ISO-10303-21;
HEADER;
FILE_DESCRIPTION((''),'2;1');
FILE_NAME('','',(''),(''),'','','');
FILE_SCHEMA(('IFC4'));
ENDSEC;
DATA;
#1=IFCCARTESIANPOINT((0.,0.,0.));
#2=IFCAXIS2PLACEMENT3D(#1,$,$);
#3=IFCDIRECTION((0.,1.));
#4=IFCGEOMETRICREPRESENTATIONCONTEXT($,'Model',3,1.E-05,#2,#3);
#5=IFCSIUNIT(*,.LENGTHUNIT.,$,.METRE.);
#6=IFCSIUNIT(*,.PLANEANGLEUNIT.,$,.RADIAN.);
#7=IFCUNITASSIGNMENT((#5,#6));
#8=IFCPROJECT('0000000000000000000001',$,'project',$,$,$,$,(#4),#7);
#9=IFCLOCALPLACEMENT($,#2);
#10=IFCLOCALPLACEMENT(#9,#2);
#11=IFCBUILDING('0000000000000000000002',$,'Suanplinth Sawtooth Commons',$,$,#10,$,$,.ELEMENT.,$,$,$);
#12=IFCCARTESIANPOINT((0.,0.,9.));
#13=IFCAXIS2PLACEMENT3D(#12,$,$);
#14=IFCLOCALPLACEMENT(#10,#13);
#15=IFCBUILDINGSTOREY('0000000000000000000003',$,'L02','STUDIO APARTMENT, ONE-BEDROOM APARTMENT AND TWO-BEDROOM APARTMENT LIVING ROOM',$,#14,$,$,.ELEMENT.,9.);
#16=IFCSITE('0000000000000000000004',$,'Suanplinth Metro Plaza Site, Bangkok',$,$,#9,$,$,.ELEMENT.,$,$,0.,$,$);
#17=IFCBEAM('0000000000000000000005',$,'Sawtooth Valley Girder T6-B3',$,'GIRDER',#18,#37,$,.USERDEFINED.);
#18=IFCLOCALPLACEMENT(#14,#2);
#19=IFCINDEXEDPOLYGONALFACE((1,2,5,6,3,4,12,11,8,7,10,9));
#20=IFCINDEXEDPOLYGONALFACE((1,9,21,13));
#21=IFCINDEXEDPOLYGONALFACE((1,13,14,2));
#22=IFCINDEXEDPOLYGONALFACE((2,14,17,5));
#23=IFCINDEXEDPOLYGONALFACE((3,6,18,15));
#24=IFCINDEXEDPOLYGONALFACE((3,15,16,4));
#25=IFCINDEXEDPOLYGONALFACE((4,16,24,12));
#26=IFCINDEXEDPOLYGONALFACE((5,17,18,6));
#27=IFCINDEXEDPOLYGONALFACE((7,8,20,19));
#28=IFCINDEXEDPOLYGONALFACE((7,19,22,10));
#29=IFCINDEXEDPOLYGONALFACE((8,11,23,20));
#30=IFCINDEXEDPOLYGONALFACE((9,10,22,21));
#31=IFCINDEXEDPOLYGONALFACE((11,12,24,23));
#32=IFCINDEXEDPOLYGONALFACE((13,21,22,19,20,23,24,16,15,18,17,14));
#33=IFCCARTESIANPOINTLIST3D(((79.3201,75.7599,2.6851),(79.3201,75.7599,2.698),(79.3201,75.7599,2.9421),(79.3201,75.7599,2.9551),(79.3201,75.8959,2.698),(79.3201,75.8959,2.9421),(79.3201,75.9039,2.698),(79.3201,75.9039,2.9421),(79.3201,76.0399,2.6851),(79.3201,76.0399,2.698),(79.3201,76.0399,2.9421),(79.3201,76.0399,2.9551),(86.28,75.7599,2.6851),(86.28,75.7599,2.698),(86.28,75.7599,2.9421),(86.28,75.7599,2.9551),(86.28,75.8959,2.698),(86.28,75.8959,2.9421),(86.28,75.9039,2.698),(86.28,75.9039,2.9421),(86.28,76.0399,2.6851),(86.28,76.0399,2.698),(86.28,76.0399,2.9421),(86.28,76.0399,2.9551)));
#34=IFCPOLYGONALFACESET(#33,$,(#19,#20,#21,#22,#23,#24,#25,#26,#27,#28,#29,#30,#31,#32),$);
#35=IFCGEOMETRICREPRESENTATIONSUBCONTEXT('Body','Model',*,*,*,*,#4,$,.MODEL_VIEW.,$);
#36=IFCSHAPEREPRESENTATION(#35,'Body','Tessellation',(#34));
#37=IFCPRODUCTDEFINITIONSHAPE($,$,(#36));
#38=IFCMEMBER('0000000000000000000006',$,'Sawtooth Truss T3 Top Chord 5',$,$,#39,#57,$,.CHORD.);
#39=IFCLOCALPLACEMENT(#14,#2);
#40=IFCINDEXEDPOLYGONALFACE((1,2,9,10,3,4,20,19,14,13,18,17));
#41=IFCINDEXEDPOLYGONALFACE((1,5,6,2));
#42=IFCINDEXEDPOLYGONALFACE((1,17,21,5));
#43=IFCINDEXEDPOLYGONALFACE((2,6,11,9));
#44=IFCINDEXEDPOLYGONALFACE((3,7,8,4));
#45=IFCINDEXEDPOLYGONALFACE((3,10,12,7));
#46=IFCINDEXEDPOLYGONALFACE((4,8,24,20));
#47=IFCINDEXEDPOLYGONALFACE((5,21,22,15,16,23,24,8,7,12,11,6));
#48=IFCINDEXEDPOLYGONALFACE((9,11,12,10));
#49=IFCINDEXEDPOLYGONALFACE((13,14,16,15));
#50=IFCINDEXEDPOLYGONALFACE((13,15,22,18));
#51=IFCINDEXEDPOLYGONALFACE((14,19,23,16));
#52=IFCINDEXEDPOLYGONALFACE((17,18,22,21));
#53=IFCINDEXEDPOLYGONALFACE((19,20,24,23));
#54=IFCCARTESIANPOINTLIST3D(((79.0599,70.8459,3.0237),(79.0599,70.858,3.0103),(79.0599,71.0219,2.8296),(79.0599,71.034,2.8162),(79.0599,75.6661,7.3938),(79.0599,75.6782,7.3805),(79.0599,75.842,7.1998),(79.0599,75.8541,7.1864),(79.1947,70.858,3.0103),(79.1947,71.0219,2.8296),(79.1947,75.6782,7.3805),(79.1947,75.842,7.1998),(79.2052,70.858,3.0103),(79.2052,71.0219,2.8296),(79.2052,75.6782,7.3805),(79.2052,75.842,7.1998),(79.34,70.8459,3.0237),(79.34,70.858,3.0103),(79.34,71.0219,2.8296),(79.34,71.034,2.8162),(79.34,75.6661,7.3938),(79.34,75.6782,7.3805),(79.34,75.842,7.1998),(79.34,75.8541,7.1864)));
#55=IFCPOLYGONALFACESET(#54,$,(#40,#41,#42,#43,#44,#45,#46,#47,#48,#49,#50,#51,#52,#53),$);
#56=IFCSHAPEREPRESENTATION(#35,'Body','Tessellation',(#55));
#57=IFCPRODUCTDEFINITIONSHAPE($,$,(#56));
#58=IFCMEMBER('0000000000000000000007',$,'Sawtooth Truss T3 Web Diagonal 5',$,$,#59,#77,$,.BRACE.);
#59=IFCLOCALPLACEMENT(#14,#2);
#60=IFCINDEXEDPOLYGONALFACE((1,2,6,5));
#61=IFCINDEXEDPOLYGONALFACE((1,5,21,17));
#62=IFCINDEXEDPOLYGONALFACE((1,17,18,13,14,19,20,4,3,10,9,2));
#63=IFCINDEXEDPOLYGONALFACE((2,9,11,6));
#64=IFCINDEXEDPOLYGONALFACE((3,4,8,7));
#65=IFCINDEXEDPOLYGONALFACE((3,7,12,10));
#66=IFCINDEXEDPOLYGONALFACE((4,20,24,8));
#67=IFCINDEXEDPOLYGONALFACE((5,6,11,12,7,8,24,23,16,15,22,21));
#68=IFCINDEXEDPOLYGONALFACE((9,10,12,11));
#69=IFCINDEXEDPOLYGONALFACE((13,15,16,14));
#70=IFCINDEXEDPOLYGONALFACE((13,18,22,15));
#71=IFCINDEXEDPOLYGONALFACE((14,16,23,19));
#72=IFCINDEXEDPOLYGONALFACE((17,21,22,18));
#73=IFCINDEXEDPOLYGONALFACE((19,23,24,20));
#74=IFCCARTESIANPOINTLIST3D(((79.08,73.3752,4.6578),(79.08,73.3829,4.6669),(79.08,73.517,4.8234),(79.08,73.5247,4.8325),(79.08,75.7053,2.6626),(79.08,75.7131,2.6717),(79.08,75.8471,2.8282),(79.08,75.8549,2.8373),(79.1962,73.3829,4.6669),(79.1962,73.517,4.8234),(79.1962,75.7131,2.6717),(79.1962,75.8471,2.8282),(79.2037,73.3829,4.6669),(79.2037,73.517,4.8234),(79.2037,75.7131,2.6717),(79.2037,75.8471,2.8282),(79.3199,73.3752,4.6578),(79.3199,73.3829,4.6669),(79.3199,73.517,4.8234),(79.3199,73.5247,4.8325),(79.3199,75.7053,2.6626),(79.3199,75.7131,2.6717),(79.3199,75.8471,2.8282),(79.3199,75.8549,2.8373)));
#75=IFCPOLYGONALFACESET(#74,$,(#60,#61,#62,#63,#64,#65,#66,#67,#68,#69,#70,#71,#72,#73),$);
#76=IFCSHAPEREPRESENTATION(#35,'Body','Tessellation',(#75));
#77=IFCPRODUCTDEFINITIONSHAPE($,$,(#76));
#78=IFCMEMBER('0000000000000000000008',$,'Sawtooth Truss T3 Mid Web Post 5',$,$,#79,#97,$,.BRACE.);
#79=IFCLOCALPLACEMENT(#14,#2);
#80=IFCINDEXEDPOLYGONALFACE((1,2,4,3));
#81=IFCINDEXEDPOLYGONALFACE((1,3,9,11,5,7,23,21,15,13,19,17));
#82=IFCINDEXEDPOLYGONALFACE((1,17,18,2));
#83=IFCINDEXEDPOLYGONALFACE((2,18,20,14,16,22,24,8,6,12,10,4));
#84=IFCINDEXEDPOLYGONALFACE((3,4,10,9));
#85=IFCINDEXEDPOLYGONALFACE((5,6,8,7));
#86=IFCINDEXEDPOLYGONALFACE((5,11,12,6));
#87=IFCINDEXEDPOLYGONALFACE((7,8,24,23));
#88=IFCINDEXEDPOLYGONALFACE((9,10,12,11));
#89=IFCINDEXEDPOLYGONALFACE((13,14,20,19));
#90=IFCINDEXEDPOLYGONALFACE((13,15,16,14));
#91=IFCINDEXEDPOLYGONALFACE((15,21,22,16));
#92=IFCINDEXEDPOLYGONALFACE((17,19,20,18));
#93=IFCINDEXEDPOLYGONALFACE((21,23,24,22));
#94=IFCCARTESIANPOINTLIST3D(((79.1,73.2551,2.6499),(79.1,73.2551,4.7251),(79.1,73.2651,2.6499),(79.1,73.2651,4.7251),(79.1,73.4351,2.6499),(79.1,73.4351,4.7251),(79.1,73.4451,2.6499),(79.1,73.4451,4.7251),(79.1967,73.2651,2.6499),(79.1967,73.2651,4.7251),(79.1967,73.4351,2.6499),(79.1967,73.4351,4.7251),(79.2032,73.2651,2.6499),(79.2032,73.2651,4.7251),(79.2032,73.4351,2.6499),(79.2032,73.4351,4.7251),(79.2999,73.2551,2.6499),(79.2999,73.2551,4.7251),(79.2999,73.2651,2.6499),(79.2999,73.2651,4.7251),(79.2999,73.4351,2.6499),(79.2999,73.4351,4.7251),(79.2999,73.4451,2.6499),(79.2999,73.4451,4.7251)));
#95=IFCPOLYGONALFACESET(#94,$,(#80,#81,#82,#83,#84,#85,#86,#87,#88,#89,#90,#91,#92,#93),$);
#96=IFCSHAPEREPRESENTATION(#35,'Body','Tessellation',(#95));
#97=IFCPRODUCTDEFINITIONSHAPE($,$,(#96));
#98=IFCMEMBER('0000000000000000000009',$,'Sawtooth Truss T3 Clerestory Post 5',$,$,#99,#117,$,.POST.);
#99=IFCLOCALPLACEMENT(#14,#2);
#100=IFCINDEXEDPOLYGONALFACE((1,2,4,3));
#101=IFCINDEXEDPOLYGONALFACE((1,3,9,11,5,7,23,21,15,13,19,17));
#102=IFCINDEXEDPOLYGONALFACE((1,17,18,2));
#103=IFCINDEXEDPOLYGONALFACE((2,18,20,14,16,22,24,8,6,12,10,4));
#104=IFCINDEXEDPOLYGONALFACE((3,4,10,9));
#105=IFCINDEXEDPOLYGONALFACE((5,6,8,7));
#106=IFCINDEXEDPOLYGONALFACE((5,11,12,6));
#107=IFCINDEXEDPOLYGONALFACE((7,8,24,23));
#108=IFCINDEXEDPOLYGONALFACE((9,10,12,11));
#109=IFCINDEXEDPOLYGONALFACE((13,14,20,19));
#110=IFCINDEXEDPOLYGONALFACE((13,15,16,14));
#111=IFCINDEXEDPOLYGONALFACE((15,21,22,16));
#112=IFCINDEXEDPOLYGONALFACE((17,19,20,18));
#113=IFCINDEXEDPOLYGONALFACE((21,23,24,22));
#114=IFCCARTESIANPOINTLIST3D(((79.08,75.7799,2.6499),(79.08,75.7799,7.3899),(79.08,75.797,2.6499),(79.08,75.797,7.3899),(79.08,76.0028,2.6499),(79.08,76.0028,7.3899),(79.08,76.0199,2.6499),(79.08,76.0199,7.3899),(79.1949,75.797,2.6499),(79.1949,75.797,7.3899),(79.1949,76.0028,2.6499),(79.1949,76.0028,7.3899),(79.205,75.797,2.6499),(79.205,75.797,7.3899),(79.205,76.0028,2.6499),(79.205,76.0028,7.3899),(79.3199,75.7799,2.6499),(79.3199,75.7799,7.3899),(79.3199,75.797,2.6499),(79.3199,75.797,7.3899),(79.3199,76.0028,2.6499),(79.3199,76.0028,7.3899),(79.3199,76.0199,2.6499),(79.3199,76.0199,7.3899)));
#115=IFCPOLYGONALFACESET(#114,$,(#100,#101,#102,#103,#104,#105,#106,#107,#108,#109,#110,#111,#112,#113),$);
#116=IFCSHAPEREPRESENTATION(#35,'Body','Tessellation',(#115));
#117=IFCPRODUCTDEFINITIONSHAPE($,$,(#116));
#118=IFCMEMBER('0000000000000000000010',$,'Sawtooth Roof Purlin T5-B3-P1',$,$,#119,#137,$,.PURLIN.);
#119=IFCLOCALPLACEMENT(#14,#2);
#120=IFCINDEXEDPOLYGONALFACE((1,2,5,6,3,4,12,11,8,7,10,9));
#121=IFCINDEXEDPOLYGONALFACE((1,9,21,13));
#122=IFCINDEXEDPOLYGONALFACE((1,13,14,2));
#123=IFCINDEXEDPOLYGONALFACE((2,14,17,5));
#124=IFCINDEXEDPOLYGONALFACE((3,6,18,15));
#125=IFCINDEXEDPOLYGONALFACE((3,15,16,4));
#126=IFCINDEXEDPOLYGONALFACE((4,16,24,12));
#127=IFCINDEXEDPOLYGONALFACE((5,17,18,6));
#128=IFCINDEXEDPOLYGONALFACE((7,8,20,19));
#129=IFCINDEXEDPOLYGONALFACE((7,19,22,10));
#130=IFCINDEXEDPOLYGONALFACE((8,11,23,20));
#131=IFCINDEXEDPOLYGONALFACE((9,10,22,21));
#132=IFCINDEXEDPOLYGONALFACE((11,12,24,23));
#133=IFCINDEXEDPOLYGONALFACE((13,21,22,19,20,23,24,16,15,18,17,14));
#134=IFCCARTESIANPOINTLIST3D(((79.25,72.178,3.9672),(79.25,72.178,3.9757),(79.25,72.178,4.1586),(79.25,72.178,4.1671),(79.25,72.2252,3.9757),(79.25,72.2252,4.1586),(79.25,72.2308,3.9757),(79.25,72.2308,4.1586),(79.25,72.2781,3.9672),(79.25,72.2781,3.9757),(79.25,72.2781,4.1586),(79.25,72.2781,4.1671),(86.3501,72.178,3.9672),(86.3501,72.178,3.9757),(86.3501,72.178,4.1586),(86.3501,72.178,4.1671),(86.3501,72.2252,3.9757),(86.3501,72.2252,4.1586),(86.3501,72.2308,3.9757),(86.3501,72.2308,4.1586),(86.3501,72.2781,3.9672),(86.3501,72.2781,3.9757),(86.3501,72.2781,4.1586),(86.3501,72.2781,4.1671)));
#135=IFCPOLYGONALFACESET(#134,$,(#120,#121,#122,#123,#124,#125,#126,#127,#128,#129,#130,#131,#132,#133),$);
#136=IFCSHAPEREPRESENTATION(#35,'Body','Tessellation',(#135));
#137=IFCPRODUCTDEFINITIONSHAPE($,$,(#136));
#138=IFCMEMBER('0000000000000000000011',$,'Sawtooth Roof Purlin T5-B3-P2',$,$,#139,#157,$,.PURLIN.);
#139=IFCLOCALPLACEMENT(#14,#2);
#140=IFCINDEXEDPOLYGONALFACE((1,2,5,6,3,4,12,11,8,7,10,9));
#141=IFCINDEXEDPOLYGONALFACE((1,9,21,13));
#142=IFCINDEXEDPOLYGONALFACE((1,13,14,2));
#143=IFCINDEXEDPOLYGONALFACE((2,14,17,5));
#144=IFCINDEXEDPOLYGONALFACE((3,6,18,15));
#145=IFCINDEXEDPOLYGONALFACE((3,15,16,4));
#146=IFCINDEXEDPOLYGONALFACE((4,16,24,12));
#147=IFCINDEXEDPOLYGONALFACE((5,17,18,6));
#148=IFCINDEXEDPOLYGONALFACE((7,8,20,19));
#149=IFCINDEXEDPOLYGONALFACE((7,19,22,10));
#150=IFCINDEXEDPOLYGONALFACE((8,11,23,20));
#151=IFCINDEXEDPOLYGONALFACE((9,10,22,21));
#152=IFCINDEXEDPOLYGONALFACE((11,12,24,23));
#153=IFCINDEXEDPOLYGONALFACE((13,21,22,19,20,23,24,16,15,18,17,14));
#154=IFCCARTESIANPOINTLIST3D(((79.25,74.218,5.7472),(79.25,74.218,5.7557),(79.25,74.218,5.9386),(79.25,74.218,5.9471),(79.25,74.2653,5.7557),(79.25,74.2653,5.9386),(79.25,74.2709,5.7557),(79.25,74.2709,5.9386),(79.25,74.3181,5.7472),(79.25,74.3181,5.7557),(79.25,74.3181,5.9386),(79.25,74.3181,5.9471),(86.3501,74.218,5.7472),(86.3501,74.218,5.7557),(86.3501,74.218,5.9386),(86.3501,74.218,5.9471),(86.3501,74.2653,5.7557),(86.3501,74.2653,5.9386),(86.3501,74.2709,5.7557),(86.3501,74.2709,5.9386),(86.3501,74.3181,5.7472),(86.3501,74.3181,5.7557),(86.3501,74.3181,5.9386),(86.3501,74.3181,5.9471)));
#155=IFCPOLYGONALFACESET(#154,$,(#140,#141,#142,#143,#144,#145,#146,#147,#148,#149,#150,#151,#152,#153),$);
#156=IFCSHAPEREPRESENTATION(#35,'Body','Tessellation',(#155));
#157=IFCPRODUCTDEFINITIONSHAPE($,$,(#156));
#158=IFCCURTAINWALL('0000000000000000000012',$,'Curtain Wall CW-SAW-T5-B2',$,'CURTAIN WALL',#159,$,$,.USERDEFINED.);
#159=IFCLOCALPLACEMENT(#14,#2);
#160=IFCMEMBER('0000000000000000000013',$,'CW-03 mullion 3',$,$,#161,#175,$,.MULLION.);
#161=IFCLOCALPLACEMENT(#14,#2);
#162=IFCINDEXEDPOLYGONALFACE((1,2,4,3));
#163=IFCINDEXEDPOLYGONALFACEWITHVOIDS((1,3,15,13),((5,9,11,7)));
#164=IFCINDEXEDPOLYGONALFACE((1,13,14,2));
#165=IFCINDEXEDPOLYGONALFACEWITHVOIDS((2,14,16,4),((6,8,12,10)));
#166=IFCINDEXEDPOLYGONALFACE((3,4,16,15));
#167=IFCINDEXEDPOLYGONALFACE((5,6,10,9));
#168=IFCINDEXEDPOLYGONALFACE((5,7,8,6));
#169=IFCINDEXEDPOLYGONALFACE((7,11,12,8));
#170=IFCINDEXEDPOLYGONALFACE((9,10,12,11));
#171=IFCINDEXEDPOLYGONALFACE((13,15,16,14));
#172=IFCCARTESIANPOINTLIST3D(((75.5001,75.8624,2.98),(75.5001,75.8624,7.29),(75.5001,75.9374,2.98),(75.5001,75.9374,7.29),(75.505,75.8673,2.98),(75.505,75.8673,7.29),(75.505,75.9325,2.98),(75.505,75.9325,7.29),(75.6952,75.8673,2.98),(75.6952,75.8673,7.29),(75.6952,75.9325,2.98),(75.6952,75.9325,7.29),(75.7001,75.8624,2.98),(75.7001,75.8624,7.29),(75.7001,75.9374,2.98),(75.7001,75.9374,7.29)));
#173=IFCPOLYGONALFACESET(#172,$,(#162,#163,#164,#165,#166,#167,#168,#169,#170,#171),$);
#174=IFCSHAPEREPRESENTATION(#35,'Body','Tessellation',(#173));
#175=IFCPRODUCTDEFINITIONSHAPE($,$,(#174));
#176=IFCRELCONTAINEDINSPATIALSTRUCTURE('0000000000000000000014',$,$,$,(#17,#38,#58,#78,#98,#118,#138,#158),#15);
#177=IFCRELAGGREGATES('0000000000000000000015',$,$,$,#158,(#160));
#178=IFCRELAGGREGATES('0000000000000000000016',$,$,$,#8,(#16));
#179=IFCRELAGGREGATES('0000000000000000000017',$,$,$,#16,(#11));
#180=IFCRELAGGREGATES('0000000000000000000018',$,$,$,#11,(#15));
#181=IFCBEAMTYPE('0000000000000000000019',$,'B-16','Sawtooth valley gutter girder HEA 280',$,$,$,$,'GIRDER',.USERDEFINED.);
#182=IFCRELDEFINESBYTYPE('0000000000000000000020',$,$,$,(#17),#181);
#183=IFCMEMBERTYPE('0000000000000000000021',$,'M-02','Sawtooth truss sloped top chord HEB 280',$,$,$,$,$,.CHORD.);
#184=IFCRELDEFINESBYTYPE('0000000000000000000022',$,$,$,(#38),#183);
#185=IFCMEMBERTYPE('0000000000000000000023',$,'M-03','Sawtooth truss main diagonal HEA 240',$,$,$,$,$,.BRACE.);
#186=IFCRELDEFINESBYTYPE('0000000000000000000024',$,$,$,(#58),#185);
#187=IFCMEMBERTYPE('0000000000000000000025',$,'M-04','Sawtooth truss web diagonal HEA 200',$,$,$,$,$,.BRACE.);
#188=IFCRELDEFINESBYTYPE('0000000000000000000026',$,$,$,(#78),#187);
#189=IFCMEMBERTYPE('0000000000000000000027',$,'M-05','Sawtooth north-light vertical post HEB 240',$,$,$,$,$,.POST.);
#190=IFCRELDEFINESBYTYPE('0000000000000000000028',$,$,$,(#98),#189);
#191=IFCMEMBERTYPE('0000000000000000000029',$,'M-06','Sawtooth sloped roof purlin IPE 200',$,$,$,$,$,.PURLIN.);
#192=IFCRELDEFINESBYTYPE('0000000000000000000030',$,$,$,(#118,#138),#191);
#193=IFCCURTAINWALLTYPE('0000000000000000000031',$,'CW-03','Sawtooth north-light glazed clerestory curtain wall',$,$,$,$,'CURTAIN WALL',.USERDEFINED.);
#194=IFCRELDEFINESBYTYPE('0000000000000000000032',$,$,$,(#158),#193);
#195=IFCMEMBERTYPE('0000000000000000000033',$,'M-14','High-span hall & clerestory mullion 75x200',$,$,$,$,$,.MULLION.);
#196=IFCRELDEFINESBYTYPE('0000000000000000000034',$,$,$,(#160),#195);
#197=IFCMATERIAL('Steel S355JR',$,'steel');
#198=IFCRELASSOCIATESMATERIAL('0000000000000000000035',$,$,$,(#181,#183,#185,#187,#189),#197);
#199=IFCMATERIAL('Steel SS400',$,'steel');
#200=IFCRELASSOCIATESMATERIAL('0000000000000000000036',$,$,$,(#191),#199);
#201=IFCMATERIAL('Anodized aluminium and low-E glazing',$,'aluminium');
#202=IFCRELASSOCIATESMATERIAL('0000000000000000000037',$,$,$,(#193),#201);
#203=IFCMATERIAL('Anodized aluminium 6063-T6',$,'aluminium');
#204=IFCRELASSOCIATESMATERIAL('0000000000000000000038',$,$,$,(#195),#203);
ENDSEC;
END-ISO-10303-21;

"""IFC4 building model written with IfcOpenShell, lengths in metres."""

from ifc_helpers import new_model, si_unit, direction, frame, origin, origin_2d, place, context, subcontext, project, spatial, hollow_rectangle, i_section, extrude, material, material_profile, profile_set, type_object, element, aggregate, save


model = new_model("IFC4")

# Units and contexts
model_context = context("Model", 3, precision=1e-05, world=origin(), true_north=direction((0.0, 1.0)))
body_context = subcontext(model_context, "Body", "Model", "MODEL_VIEW")
ifc_project = project(units=[si_unit("LENGTHUNIT", "METRE"), si_unit("PLANEANGLEUNIT", "RADIAN")], contexts=[model_context])

# Site, building, storey
site_placement = place(None, origin())
site = spatial("IfcSite", under=ifc_project, at=site_placement, Name="Suanplinth Metro Plaza Site, Bangkok", CompositionType="ELEMENT", RefElevation=0.0)
building_placement = place(site_placement, origin())
building = spatial("IfcBuilding", under=site, at=building_placement, Name="Suanplinth Sawtooth Commons", CompositionType="ELEMENT")
storey_placement = place(building_placement, frame((0.0, 0.0, 9.0)))
storey = spatial("IfcBuildingStorey", under=building, at=storey_placement, Name="L02", Description="STUDIO APARTMENT, ONE-BEDROOM APARTMENT AND TWO-BEDROOM APARTMENT LIVING ROOM", CompositionType="ELEMENT", Elevation=9.0)

# Beam
ifc_material_1 = material(Name="Steel S355JR", Category="steel")
ifc_material_profile_1 = material_profile(ifc_material_1, i_section(OverallWidth=0.28, OverallDepth=0.27, WebThickness=0.0081, FlangeThickness=0.0129, at=origin_2d()), Name="HEA 280")
ifc_profile_set_1 = profile_set([ifc_material_profile_1], Name="Steel S355JR")
beam_type = type_object("IfcBeamType", Name="B-16", Description="Sawtooth valley gutter girder HEA 280", ElementType="GIRDER", PredefinedType="USERDEFINED", material=ifc_profile_set_1)
beam_placement = place(storey_placement, frame((79.3201, 75.8999, 2.8201), z_axis=(1.0, 0.0, 0.0), x_axis=(0.0, 1.0, 0.0)))
element("IfcBeam", 1, at=beam_placement, inside=storey, type_object=beam_type, Name="Sawtooth Valley Girder T6-B3", ObjectType="GIRDER", PredefinedType="USERDEFINED", context=body_context, shape_type="SweptSolid", body=[
    extrude(i_section(OverallWidth=0.28, OverallDepth=0.27, WebThickness=0.0081, FlangeThickness=0.0129, at=origin_2d()), origin(), (0.0, 0.0, 1.0), 6.96),
])

# Members
ifc_material_profile_2 = material_profile(ifc_material_1, i_section(OverallWidth=0.28, OverallDepth=0.28, WebThickness=0.0105, FlangeThickness=0.0181, at=origin_2d()), Name="HEB 280")
ifc_profile_set_2 = profile_set([ifc_material_profile_2], Name="Steel S355JR")
member_type_1 = type_object("IfcMemberType", Name="M-02", Description="Sawtooth truss sloped top chord HEB 280", PredefinedType="CHORD", material=ifc_profile_set_2)
member_1_placement = place(storey_placement, frame((79.2, 70.9399, 2.9199), z_axis=(0.0, 0.740839, 0.671682), x_axis=(-1.0, 0.0, 0.0)))
element("IfcMember", 2, at=member_1_placement, inside=storey, type_object=member_type_1, Name="Sawtooth Truss T3 Top Chord 5", PredefinedType="CHORD", context=body_context, shape_type="SweptSolid", body=[
    extrude(i_section(OverallWidth=0.28, OverallDepth=0.28, WebThickness=0.0105, FlangeThickness=0.0181, at=origin_2d()), origin(), (0.0, 0.0, 1.0), 6.5063),
])
ifc_material_profile_3 = material_profile(ifc_material_1, i_section(OverallWidth=0.24, OverallDepth=0.23, WebThickness=0.0076, FlangeThickness=0.012, at=origin_2d()), Name="HEA 240")
ifc_profile_set_3 = profile_set([ifc_material_profile_3], Name="Steel S355JR")
member_type_2 = type_object("IfcMemberType", Name="M-03", Description="Sawtooth truss main diagonal HEA 240", PredefinedType="BRACE", material=ifc_profile_set_3)
member_2_placement = place(storey_placement, frame((79.2, 73.45, 4.7451), z_axis=(0.0, 0.759594, -0.650398), x_axis=(-1.0, 0.0, 0.0)))
element("IfcMember", 3, at=member_2_placement, inside=storey, type_object=member_type_2, Name="Sawtooth Truss T3 Web Diagonal 5", PredefinedType="BRACE", context=body_context, shape_type="SweptSolid", body=[
    extrude(i_section(OverallWidth=0.24, OverallDepth=0.23, WebThickness=0.0076, FlangeThickness=0.012, at=origin_2d()), origin(), (0.0, 0.0, 1.0), 3.0676),
])
ifc_material_profile_4 = material_profile(ifc_material_1, i_section(OverallWidth=0.2, OverallDepth=0.1899, WebThickness=0.0066, FlangeThickness=0.01, at=origin_2d()), Name="HEA 200")
ifc_profile_set_4 = profile_set([ifc_material_profile_4], Name="Steel S355JR")
member_type_3 = type_object("IfcMemberType", Name="M-04", Description="Sawtooth truss web diagonal HEA 200", PredefinedType="BRACE", material=ifc_profile_set_4)
member_3_placement = place(storey_placement, frame((79.2, 73.3501, 2.6499), z_axis=(0.0, 0.0, 1.0), x_axis=(1.0, 0.0, 0.0)))
element("IfcMember", 4, at=member_3_placement, inside=storey, type_object=member_type_3, Name="Sawtooth Truss T3 Mid Web Post 5", PredefinedType="BRACE", context=body_context, shape_type="SweptSolid", body=[
    extrude(i_section(OverallWidth=0.2, OverallDepth=0.1899, WebThickness=0.0066, FlangeThickness=0.01, at=origin_2d()), origin(), (0.0, 0.0, 1.0), 2.0752),
])
ifc_material_profile_5 = material_profile(ifc_material_1, i_section(OverallWidth=0.24, OverallDepth=0.24, WebThickness=0.01, FlangeThickness=0.0171, at=origin_2d()), Name="HEB 240")
ifc_profile_set_5 = profile_set([ifc_material_profile_5], Name="Steel S355JR")
member_type_4 = type_object("IfcMemberType", Name="M-05", Description="Sawtooth north-light vertical post HEB 240", PredefinedType="POST", material=ifc_profile_set_5)
member_4_placement = place(storey_placement, frame((79.2, 75.8999, 2.6499), z_axis=(0.0, 0.0, 1.0), x_axis=(1.0, 0.0, 0.0)))
element("IfcMember", 5, at=member_4_placement, inside=storey, type_object=member_type_4, Name="Sawtooth Truss T3 Clerestory Post 5", PredefinedType="POST", context=body_context, shape_type="SweptSolid", body=[
    extrude(i_section(OverallWidth=0.24, OverallDepth=0.24, WebThickness=0.01, FlangeThickness=0.0171, at=origin_2d()), origin(), (0.0, 0.0, 1.0), 4.74),
])
ifc_material_2 = material(Name="Steel SS400", Category="steel")
ifc_material_profile_6 = material_profile(ifc_material_2, i_section(OverallWidth=0.1001, OverallDepth=0.2, WebThickness=0.0056, FlangeThickness=0.0085, at=origin_2d()), Name="IPE 200")
ifc_profile_set_6 = profile_set([ifc_material_profile_6], Name="Steel SS400")
member_type_5 = type_object("IfcMemberType", Name="M-06", Description="Sawtooth sloped roof purlin IPE 200", PredefinedType="PURLIN", material=ifc_profile_set_6)
for number, where, z_axis, x_axis, name in (
    (6, (79.25, 72.228, 4.0671), (1.0, 0.0, 0.0), (0.0, 1.0, 0.0), "Sawtooth Roof Purlin T5-B3-P1"),
    (7, (79.25, 74.2681, 5.8472), (1.0, 0.0, 0.0), (0.0, 1.0, 0.0), "Sawtooth Roof Purlin T5-B3-P2"),
):
    element("IfcMember", number, at=place(storey_placement, frame(where, z_axis=z_axis, x_axis=x_axis)), inside=storey, type_object=member_type_5, Name=name, PredefinedType="PURLIN", context=body_context, shape_type="SweptSolid", body=[
        extrude(i_section(OverallWidth=0.1001, OverallDepth=0.2, WebThickness=0.0056, FlangeThickness=0.0085, at=origin_2d()), origin(), (0.0, 0.0, 1.0), 7.1001),
    ])

# Curtain wall, member
ifc_material_3 = material(Name="Anodized aluminium and low-E glazing", Category="aluminium")
curtain_wall_type = type_object("IfcCurtainWallType", Name="CW-03", Description="Sawtooth north-light glazed clerestory curtain wall", ElementType="CURTAIN WALL", PredefinedType="USERDEFINED", material=ifc_material_3)
curtain_wall_1_placement = place(storey_placement, origin())
curtain_wall_1 = element("IfcCurtainWall", 8, at=curtain_wall_1_placement, inside=storey, type_object=curtain_wall_type, Name="Curtain Wall CW-SAW-T5-B2", ObjectType="CURTAIN WALL", PredefinedType="USERDEFINED")
ifc_material_4 = material(Name="Anodized aluminium 6063-T6", Category="aluminium")
ifc_material_profile_7 = material_profile(ifc_material_4, hollow_rectangle(XDim=0.075, YDim=0.2, WallThickness=0.0049, at=origin_2d()), Name="ALU-MUL 75x200")
ifc_profile_set_7 = profile_set([ifc_material_profile_7], Name="Anodized aluminium 6063-T6")
member_type_6 = type_object("IfcMemberType", Name="M-14", Description="High-span hall & clerestory mullion 75x200", PredefinedType="MULLION", material=ifc_profile_set_7)
member_5_placement = place(storey_placement, frame((75.6001, 75.8999, 2.98), z_axis=(0.0, 0.0, 1.0), x_axis=(0.0, 1.0, 0.0)))
member_5 = element("IfcMember", 9, at=member_5_placement, type_object=member_type_6, Name="CW-03 mullion 3", PredefinedType="MULLION", context=body_context, shape_type="SweptSolid", body=[
    extrude(hollow_rectangle(XDim=0.075, YDim=0.2, WallThickness=0.0049, at=origin_2d()), origin(), (0.0, 0.0, 1.0), 4.3101),
])

aggregate(curtain_wall_1, [member_5])

save(model, "model.ifc")
